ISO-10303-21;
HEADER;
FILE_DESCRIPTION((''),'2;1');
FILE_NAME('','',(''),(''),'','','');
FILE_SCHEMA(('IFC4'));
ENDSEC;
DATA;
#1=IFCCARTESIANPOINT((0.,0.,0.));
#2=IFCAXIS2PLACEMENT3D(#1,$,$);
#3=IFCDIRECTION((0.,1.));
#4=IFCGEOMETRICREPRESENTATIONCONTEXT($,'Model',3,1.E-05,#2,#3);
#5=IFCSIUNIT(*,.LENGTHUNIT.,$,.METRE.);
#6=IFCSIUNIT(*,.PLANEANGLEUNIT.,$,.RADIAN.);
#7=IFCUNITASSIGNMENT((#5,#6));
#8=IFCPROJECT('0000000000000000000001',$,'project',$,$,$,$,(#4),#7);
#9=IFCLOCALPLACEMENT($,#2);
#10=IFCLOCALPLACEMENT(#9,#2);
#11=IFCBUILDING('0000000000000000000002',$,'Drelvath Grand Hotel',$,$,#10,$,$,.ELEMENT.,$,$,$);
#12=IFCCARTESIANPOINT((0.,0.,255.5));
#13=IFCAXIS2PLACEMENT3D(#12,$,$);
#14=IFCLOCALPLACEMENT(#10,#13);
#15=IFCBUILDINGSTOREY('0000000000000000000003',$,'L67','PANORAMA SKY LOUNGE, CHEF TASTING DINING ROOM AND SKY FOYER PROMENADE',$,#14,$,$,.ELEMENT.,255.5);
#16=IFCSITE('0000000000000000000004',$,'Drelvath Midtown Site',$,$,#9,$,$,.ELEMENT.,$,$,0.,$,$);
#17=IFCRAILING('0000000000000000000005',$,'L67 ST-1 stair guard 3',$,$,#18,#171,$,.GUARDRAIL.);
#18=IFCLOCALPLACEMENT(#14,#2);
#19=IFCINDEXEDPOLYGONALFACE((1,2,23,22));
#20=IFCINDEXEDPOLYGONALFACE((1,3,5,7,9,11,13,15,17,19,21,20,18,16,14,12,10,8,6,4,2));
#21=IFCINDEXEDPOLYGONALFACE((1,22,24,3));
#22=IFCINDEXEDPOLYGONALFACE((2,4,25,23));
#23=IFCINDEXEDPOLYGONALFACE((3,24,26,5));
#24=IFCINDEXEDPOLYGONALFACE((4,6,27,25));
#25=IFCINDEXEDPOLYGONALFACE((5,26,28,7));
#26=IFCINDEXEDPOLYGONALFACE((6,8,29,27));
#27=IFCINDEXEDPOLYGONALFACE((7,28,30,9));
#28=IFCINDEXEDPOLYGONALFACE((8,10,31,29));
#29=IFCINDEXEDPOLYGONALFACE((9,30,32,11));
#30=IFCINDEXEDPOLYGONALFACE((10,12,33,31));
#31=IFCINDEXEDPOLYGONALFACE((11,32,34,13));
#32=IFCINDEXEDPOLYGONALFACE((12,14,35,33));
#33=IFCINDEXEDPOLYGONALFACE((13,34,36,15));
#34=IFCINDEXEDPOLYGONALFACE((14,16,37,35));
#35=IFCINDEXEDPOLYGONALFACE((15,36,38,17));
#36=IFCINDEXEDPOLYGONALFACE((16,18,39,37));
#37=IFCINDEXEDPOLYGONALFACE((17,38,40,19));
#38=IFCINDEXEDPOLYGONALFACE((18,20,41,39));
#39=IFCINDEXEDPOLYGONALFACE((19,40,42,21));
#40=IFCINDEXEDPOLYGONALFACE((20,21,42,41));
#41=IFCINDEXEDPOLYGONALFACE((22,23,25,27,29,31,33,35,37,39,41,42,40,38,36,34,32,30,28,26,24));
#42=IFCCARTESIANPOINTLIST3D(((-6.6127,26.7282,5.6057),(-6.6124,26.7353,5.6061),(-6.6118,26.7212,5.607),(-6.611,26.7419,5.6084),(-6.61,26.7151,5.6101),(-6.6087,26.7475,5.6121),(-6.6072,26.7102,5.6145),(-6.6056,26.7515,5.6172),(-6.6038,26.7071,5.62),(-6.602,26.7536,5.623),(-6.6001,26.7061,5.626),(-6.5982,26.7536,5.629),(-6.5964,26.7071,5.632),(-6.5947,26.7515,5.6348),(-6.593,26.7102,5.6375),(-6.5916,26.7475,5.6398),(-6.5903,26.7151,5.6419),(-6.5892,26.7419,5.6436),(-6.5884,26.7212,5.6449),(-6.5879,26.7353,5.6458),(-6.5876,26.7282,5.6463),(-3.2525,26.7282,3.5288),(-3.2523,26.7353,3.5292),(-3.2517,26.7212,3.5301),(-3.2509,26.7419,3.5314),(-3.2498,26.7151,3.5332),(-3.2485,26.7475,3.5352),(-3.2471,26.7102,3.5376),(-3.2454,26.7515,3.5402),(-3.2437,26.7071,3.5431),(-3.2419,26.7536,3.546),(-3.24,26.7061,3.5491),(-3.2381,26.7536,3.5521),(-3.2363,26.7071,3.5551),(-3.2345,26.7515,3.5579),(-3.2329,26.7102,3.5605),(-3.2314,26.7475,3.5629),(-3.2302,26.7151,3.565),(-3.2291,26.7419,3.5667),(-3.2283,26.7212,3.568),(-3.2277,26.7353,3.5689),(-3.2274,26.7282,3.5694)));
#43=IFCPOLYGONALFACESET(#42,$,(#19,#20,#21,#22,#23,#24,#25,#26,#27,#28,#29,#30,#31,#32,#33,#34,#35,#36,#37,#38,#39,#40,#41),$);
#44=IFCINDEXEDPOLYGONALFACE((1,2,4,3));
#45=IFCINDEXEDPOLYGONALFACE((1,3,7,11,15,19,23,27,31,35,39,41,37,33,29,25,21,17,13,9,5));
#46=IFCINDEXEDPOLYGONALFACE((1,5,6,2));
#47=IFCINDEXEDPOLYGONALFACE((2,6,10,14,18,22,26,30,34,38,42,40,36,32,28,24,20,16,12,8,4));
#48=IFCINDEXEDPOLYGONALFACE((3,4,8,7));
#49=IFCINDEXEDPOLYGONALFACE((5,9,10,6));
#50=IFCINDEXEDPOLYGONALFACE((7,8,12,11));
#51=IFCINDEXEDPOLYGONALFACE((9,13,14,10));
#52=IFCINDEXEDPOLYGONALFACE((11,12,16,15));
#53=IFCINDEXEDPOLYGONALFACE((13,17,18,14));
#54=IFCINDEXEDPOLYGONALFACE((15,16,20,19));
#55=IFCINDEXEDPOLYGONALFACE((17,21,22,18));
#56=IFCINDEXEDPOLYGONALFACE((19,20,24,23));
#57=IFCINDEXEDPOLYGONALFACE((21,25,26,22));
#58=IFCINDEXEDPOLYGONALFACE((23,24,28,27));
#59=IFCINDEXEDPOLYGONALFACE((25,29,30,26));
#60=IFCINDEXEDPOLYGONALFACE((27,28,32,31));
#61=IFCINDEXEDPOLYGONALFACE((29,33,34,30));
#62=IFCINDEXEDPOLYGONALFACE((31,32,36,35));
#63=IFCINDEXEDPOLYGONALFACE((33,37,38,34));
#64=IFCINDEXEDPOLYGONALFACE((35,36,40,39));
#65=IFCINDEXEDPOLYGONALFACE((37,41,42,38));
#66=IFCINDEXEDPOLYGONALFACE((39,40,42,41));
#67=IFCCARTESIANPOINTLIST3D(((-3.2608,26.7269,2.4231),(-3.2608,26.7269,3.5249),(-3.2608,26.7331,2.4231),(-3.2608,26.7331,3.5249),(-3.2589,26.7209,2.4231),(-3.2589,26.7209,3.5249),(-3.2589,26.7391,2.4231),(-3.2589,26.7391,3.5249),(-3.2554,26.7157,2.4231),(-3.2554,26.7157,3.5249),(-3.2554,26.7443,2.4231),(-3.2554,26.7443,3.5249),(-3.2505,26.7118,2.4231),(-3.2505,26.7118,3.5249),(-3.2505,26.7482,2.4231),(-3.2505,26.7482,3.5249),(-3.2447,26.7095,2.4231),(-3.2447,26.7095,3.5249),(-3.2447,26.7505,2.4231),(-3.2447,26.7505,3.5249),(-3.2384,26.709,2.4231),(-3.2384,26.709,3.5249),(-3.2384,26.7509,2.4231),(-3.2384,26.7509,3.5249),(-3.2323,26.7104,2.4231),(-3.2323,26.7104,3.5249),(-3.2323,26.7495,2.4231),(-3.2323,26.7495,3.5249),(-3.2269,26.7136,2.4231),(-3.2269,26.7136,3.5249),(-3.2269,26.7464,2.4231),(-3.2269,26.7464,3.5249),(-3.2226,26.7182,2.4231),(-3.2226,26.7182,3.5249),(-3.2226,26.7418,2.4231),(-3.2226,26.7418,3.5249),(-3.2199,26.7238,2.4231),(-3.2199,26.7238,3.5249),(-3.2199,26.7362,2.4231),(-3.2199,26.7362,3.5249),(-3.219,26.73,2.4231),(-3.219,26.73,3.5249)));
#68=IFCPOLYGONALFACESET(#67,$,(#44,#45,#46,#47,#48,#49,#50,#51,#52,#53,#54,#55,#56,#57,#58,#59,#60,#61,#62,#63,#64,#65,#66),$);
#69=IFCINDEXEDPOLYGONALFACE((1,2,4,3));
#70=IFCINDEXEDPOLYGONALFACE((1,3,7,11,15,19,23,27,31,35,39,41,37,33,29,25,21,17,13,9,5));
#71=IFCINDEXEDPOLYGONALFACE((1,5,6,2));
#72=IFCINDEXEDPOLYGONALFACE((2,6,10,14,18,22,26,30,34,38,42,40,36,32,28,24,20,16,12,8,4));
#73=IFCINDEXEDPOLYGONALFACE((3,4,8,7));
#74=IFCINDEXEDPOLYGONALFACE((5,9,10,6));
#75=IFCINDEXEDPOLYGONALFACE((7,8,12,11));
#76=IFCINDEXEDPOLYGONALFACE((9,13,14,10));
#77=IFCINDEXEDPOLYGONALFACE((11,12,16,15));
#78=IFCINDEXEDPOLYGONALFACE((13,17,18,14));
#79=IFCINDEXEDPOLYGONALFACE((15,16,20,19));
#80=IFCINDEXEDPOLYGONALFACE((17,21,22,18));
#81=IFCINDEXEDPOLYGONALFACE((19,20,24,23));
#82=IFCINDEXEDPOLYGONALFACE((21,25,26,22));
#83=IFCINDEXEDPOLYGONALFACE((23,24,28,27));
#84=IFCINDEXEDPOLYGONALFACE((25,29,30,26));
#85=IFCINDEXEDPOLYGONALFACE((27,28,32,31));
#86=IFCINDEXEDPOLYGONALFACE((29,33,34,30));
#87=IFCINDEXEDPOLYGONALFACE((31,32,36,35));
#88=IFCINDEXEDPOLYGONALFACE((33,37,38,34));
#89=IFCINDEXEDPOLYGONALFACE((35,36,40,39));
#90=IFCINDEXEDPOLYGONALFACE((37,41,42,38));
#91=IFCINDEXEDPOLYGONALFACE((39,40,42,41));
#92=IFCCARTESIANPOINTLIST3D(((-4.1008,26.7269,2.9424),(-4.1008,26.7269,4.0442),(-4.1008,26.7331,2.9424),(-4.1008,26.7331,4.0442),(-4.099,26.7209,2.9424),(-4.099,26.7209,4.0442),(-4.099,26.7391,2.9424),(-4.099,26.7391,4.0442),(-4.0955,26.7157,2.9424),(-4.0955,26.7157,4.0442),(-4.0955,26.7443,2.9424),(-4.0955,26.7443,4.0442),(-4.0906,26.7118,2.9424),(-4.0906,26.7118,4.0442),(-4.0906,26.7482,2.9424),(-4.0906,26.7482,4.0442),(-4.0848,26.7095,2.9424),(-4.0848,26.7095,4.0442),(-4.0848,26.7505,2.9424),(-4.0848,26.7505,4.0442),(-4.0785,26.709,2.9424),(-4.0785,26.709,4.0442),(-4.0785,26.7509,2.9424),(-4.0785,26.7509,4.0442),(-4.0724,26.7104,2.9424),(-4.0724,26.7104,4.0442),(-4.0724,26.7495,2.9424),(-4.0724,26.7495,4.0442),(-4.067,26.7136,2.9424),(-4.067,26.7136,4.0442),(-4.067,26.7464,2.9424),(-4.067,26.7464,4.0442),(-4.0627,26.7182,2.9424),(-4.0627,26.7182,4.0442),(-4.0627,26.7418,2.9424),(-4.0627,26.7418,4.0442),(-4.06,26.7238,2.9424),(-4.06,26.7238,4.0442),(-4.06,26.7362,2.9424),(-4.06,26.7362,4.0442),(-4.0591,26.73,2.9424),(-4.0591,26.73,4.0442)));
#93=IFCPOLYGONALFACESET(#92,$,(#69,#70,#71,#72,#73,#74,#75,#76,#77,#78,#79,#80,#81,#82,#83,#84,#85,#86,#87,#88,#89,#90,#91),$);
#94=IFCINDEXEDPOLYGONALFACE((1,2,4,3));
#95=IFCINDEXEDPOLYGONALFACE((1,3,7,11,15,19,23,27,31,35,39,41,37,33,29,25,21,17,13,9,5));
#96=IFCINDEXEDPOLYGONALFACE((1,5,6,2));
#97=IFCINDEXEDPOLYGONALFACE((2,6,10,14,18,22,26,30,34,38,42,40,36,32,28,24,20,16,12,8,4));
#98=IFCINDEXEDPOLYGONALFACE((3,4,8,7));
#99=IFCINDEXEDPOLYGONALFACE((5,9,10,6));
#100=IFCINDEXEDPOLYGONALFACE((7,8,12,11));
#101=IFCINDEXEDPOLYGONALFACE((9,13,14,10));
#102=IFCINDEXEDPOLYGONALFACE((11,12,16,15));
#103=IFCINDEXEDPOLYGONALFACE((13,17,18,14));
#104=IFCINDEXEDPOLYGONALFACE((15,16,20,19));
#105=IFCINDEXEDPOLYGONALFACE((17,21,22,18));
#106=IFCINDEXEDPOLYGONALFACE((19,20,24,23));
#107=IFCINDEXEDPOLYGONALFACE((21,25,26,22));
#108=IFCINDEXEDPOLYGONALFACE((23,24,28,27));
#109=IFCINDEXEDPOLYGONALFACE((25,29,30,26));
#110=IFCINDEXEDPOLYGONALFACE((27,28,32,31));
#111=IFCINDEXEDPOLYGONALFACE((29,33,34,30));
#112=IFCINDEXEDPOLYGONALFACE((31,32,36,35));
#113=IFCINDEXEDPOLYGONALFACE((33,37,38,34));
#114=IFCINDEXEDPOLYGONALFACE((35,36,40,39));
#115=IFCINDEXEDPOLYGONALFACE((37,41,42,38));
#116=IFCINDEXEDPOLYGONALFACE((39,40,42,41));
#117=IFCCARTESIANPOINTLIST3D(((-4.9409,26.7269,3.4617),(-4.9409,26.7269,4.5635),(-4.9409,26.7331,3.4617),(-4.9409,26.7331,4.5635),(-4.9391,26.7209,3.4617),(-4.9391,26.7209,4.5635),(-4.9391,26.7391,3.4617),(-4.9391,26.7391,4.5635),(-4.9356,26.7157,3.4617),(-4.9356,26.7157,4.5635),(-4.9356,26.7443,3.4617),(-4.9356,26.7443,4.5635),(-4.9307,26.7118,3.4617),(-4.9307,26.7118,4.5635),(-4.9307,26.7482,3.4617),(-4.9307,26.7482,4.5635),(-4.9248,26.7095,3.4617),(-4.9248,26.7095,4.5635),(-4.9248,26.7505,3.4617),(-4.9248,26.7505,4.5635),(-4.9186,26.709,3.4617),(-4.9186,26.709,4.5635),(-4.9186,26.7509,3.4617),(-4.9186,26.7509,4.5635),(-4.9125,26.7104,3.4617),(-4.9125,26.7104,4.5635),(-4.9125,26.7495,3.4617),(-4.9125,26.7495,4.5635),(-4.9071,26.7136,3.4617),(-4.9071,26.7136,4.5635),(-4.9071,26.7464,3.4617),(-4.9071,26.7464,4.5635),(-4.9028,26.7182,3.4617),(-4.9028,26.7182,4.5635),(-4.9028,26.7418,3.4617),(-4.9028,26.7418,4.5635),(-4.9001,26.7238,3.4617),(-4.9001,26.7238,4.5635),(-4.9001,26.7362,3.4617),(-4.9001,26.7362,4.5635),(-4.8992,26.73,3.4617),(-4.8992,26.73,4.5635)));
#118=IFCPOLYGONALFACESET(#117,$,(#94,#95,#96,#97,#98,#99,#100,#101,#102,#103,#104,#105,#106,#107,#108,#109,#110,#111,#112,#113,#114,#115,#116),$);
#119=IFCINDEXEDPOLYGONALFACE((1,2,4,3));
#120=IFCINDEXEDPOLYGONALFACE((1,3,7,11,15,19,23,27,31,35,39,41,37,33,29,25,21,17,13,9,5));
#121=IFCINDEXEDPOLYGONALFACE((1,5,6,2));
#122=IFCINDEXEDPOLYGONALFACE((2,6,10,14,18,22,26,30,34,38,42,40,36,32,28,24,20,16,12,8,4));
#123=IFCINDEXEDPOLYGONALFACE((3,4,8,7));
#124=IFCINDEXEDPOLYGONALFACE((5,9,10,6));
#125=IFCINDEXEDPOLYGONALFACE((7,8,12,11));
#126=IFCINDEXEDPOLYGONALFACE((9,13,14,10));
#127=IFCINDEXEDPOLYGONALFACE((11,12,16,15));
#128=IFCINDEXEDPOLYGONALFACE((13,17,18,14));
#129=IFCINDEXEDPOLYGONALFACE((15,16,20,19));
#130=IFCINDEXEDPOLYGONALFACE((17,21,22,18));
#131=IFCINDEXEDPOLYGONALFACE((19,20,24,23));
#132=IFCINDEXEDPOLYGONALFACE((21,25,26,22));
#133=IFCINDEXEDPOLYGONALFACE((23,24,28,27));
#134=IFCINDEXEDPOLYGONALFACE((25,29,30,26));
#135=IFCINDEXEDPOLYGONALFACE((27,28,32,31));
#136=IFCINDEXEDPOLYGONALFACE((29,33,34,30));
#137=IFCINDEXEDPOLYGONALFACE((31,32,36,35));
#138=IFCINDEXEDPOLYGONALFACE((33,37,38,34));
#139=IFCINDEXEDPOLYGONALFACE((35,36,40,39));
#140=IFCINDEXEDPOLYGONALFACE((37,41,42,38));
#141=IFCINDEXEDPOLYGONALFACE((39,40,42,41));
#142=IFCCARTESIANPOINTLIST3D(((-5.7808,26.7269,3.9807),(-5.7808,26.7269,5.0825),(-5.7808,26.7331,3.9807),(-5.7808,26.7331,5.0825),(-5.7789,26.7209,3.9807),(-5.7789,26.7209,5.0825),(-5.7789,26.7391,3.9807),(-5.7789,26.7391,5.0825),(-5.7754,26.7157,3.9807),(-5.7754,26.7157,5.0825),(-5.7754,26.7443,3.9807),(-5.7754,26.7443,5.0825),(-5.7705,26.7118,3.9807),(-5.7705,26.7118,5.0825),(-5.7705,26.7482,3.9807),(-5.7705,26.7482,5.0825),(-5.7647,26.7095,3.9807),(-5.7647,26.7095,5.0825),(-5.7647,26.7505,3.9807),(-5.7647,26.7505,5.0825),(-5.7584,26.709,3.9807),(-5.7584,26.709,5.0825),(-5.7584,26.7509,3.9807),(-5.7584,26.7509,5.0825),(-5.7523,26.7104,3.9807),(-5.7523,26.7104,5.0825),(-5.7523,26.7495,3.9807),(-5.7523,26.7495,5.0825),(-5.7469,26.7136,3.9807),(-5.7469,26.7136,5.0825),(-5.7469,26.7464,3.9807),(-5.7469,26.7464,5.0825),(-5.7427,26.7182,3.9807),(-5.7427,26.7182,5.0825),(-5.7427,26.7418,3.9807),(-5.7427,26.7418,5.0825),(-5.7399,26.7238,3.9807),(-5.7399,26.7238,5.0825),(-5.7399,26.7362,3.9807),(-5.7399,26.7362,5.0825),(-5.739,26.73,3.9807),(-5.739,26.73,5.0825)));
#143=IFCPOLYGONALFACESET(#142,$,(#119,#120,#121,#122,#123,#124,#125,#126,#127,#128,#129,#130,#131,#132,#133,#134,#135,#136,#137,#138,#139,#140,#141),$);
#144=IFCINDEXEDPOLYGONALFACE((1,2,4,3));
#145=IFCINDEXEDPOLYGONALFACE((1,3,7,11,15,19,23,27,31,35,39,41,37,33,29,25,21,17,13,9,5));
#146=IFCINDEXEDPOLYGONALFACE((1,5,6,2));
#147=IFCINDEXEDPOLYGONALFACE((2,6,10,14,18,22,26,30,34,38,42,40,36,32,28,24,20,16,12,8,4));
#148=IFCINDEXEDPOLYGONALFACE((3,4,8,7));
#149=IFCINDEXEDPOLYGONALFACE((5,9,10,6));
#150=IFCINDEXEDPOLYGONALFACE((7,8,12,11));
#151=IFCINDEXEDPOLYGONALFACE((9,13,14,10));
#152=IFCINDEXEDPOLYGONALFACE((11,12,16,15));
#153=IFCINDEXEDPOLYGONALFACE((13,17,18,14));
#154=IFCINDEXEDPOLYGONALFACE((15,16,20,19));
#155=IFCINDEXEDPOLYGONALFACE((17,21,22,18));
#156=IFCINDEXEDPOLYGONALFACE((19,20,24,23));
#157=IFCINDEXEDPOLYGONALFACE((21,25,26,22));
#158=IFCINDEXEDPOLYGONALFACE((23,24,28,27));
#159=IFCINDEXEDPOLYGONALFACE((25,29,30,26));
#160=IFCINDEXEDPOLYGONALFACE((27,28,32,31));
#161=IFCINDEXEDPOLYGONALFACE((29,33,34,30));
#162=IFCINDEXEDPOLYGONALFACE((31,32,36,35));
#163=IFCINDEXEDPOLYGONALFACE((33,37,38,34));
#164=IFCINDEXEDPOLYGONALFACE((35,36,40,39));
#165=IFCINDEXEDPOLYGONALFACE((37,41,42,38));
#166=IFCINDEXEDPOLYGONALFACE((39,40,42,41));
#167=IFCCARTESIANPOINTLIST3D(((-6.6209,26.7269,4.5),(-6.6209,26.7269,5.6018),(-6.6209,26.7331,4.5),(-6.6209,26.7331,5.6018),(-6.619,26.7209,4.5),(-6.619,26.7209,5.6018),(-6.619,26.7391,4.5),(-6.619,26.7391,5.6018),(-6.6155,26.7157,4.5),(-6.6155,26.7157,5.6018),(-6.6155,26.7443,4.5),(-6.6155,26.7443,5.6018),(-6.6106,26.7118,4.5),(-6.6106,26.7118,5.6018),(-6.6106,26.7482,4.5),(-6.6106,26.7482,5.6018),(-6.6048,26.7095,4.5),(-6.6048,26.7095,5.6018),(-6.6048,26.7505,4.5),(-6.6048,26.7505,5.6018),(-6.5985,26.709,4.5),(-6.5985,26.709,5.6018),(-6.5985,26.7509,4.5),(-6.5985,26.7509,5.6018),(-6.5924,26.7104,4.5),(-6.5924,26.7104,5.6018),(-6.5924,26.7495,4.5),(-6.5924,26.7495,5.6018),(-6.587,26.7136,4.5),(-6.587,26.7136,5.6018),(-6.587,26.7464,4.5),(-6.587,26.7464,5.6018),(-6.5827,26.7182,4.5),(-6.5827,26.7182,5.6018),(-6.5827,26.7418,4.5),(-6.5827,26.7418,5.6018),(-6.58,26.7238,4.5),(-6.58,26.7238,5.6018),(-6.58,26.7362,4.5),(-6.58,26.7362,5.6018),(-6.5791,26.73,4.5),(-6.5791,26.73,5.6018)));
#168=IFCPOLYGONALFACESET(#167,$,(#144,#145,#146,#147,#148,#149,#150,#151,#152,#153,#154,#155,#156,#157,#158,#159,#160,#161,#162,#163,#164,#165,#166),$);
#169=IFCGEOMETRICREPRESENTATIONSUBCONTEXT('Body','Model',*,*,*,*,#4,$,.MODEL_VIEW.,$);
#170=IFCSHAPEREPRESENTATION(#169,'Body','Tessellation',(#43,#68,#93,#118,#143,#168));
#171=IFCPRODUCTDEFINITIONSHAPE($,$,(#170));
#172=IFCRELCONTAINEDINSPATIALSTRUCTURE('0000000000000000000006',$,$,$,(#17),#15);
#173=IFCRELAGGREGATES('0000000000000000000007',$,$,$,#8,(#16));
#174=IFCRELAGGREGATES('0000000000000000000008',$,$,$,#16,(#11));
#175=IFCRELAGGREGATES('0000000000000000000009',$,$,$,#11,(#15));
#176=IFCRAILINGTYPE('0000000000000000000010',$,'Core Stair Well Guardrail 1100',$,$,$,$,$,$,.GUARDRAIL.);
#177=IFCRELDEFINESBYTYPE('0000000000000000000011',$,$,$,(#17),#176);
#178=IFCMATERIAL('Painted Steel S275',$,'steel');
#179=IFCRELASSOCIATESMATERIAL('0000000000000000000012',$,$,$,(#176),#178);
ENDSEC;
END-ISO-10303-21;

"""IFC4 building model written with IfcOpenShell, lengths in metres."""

from ifc_helpers import new_model, si_unit, direction, frame, origin, origin_2d, place, context, subcontext, project, spatial, circle, extrude, material, type_object, element, save


model = new_model("IFC4")

# Units and contexts
model_context = context("Model", 3, precision=1e-05, world=origin(), true_north=direction((0.0, 1.0)))
body_context = subcontext(model_context, "Body", "Model", "MODEL_VIEW")
ifc_project = project(units=[si_unit("LENGTHUNIT", "METRE"), si_unit("PLANEANGLEUNIT", "RADIAN")], contexts=[model_context])

# Site, building, storey
site_placement = place(None, origin())
site = spatial("IfcSite", under=ifc_project, at=site_placement, Name="Drelvath Midtown Site", CompositionType="ELEMENT", RefElevation=0.0)
building_placement = place(site_placement, origin())
building = spatial("IfcBuilding", under=site, at=building_placement, Name="Drelvath Grand Hotel", CompositionType="ELEMENT")
storey_placement = place(building_placement, frame((0.0, 0.0, 255.5)))
storey = spatial("IfcBuildingStorey", under=building, at=storey_placement, Name="L67", Description="PANORAMA SKY LOUNGE, CHEF TASTING DINING ROOM AND SKY FOYER PROMENADE", CompositionType="ELEMENT", Elevation=255.5)

# Shared definitions
ifc_material_1 = material(Name="Painted Steel S275", Category="steel")

# Railing
railing_type_1 = type_object("IfcRailingType", Name="Core Stair Well Guardrail 1100", PredefinedType="GUARDRAIL", material=ifc_material_1)
railing_1_placement = place(storey_placement, frame((-3.24, 26.73, 2.4231)))
element("IfcRailing", 1, at=railing_1_placement, inside=storey, type_object=railing_type_1, Name="L67 ST-1 stair guard 3", PredefinedType="GUARDRAIL", context=body_context, shape_type="SweptSolid", body=[
    extrude(circle(Radius=0.0239, at=origin_2d()), frame((0.0, 0.0, 1.126), z_axis=(-0.850623, 0.0, 0.525776), x_axis=(0.0, -1.0, 0.0)), (0.0, 0.0, 1.0), 3.9502),
    extrude(circle(Radius=0.021, at=origin_2d()), origin(), (0.0, 0.0, 1.0), 1.1018),
    extrude(circle(Radius=0.021, at=origin_2d()), frame((-0.8401, 0.0, 0.5193)), (0.0, 0.0, 1.0), 1.1018),
    extrude(circle(Radius=0.021, at=origin_2d()), frame((-1.6802, 0.0, 1.0386)), (0.0, 0.0, 1.0), 1.1018),
    extrude(circle(Radius=0.021, at=origin_2d()), frame((-2.52, 0.0, 1.5576)), (0.0, 0.0, 1.0), 1.1018),
    extrude(circle(Radius=0.021, at=origin_2d()), frame((-3.3601, 0.0, 2.0769)), (0.0, 0.0, 1.0), 1.1018),
])

save(model, "model.ifc")
